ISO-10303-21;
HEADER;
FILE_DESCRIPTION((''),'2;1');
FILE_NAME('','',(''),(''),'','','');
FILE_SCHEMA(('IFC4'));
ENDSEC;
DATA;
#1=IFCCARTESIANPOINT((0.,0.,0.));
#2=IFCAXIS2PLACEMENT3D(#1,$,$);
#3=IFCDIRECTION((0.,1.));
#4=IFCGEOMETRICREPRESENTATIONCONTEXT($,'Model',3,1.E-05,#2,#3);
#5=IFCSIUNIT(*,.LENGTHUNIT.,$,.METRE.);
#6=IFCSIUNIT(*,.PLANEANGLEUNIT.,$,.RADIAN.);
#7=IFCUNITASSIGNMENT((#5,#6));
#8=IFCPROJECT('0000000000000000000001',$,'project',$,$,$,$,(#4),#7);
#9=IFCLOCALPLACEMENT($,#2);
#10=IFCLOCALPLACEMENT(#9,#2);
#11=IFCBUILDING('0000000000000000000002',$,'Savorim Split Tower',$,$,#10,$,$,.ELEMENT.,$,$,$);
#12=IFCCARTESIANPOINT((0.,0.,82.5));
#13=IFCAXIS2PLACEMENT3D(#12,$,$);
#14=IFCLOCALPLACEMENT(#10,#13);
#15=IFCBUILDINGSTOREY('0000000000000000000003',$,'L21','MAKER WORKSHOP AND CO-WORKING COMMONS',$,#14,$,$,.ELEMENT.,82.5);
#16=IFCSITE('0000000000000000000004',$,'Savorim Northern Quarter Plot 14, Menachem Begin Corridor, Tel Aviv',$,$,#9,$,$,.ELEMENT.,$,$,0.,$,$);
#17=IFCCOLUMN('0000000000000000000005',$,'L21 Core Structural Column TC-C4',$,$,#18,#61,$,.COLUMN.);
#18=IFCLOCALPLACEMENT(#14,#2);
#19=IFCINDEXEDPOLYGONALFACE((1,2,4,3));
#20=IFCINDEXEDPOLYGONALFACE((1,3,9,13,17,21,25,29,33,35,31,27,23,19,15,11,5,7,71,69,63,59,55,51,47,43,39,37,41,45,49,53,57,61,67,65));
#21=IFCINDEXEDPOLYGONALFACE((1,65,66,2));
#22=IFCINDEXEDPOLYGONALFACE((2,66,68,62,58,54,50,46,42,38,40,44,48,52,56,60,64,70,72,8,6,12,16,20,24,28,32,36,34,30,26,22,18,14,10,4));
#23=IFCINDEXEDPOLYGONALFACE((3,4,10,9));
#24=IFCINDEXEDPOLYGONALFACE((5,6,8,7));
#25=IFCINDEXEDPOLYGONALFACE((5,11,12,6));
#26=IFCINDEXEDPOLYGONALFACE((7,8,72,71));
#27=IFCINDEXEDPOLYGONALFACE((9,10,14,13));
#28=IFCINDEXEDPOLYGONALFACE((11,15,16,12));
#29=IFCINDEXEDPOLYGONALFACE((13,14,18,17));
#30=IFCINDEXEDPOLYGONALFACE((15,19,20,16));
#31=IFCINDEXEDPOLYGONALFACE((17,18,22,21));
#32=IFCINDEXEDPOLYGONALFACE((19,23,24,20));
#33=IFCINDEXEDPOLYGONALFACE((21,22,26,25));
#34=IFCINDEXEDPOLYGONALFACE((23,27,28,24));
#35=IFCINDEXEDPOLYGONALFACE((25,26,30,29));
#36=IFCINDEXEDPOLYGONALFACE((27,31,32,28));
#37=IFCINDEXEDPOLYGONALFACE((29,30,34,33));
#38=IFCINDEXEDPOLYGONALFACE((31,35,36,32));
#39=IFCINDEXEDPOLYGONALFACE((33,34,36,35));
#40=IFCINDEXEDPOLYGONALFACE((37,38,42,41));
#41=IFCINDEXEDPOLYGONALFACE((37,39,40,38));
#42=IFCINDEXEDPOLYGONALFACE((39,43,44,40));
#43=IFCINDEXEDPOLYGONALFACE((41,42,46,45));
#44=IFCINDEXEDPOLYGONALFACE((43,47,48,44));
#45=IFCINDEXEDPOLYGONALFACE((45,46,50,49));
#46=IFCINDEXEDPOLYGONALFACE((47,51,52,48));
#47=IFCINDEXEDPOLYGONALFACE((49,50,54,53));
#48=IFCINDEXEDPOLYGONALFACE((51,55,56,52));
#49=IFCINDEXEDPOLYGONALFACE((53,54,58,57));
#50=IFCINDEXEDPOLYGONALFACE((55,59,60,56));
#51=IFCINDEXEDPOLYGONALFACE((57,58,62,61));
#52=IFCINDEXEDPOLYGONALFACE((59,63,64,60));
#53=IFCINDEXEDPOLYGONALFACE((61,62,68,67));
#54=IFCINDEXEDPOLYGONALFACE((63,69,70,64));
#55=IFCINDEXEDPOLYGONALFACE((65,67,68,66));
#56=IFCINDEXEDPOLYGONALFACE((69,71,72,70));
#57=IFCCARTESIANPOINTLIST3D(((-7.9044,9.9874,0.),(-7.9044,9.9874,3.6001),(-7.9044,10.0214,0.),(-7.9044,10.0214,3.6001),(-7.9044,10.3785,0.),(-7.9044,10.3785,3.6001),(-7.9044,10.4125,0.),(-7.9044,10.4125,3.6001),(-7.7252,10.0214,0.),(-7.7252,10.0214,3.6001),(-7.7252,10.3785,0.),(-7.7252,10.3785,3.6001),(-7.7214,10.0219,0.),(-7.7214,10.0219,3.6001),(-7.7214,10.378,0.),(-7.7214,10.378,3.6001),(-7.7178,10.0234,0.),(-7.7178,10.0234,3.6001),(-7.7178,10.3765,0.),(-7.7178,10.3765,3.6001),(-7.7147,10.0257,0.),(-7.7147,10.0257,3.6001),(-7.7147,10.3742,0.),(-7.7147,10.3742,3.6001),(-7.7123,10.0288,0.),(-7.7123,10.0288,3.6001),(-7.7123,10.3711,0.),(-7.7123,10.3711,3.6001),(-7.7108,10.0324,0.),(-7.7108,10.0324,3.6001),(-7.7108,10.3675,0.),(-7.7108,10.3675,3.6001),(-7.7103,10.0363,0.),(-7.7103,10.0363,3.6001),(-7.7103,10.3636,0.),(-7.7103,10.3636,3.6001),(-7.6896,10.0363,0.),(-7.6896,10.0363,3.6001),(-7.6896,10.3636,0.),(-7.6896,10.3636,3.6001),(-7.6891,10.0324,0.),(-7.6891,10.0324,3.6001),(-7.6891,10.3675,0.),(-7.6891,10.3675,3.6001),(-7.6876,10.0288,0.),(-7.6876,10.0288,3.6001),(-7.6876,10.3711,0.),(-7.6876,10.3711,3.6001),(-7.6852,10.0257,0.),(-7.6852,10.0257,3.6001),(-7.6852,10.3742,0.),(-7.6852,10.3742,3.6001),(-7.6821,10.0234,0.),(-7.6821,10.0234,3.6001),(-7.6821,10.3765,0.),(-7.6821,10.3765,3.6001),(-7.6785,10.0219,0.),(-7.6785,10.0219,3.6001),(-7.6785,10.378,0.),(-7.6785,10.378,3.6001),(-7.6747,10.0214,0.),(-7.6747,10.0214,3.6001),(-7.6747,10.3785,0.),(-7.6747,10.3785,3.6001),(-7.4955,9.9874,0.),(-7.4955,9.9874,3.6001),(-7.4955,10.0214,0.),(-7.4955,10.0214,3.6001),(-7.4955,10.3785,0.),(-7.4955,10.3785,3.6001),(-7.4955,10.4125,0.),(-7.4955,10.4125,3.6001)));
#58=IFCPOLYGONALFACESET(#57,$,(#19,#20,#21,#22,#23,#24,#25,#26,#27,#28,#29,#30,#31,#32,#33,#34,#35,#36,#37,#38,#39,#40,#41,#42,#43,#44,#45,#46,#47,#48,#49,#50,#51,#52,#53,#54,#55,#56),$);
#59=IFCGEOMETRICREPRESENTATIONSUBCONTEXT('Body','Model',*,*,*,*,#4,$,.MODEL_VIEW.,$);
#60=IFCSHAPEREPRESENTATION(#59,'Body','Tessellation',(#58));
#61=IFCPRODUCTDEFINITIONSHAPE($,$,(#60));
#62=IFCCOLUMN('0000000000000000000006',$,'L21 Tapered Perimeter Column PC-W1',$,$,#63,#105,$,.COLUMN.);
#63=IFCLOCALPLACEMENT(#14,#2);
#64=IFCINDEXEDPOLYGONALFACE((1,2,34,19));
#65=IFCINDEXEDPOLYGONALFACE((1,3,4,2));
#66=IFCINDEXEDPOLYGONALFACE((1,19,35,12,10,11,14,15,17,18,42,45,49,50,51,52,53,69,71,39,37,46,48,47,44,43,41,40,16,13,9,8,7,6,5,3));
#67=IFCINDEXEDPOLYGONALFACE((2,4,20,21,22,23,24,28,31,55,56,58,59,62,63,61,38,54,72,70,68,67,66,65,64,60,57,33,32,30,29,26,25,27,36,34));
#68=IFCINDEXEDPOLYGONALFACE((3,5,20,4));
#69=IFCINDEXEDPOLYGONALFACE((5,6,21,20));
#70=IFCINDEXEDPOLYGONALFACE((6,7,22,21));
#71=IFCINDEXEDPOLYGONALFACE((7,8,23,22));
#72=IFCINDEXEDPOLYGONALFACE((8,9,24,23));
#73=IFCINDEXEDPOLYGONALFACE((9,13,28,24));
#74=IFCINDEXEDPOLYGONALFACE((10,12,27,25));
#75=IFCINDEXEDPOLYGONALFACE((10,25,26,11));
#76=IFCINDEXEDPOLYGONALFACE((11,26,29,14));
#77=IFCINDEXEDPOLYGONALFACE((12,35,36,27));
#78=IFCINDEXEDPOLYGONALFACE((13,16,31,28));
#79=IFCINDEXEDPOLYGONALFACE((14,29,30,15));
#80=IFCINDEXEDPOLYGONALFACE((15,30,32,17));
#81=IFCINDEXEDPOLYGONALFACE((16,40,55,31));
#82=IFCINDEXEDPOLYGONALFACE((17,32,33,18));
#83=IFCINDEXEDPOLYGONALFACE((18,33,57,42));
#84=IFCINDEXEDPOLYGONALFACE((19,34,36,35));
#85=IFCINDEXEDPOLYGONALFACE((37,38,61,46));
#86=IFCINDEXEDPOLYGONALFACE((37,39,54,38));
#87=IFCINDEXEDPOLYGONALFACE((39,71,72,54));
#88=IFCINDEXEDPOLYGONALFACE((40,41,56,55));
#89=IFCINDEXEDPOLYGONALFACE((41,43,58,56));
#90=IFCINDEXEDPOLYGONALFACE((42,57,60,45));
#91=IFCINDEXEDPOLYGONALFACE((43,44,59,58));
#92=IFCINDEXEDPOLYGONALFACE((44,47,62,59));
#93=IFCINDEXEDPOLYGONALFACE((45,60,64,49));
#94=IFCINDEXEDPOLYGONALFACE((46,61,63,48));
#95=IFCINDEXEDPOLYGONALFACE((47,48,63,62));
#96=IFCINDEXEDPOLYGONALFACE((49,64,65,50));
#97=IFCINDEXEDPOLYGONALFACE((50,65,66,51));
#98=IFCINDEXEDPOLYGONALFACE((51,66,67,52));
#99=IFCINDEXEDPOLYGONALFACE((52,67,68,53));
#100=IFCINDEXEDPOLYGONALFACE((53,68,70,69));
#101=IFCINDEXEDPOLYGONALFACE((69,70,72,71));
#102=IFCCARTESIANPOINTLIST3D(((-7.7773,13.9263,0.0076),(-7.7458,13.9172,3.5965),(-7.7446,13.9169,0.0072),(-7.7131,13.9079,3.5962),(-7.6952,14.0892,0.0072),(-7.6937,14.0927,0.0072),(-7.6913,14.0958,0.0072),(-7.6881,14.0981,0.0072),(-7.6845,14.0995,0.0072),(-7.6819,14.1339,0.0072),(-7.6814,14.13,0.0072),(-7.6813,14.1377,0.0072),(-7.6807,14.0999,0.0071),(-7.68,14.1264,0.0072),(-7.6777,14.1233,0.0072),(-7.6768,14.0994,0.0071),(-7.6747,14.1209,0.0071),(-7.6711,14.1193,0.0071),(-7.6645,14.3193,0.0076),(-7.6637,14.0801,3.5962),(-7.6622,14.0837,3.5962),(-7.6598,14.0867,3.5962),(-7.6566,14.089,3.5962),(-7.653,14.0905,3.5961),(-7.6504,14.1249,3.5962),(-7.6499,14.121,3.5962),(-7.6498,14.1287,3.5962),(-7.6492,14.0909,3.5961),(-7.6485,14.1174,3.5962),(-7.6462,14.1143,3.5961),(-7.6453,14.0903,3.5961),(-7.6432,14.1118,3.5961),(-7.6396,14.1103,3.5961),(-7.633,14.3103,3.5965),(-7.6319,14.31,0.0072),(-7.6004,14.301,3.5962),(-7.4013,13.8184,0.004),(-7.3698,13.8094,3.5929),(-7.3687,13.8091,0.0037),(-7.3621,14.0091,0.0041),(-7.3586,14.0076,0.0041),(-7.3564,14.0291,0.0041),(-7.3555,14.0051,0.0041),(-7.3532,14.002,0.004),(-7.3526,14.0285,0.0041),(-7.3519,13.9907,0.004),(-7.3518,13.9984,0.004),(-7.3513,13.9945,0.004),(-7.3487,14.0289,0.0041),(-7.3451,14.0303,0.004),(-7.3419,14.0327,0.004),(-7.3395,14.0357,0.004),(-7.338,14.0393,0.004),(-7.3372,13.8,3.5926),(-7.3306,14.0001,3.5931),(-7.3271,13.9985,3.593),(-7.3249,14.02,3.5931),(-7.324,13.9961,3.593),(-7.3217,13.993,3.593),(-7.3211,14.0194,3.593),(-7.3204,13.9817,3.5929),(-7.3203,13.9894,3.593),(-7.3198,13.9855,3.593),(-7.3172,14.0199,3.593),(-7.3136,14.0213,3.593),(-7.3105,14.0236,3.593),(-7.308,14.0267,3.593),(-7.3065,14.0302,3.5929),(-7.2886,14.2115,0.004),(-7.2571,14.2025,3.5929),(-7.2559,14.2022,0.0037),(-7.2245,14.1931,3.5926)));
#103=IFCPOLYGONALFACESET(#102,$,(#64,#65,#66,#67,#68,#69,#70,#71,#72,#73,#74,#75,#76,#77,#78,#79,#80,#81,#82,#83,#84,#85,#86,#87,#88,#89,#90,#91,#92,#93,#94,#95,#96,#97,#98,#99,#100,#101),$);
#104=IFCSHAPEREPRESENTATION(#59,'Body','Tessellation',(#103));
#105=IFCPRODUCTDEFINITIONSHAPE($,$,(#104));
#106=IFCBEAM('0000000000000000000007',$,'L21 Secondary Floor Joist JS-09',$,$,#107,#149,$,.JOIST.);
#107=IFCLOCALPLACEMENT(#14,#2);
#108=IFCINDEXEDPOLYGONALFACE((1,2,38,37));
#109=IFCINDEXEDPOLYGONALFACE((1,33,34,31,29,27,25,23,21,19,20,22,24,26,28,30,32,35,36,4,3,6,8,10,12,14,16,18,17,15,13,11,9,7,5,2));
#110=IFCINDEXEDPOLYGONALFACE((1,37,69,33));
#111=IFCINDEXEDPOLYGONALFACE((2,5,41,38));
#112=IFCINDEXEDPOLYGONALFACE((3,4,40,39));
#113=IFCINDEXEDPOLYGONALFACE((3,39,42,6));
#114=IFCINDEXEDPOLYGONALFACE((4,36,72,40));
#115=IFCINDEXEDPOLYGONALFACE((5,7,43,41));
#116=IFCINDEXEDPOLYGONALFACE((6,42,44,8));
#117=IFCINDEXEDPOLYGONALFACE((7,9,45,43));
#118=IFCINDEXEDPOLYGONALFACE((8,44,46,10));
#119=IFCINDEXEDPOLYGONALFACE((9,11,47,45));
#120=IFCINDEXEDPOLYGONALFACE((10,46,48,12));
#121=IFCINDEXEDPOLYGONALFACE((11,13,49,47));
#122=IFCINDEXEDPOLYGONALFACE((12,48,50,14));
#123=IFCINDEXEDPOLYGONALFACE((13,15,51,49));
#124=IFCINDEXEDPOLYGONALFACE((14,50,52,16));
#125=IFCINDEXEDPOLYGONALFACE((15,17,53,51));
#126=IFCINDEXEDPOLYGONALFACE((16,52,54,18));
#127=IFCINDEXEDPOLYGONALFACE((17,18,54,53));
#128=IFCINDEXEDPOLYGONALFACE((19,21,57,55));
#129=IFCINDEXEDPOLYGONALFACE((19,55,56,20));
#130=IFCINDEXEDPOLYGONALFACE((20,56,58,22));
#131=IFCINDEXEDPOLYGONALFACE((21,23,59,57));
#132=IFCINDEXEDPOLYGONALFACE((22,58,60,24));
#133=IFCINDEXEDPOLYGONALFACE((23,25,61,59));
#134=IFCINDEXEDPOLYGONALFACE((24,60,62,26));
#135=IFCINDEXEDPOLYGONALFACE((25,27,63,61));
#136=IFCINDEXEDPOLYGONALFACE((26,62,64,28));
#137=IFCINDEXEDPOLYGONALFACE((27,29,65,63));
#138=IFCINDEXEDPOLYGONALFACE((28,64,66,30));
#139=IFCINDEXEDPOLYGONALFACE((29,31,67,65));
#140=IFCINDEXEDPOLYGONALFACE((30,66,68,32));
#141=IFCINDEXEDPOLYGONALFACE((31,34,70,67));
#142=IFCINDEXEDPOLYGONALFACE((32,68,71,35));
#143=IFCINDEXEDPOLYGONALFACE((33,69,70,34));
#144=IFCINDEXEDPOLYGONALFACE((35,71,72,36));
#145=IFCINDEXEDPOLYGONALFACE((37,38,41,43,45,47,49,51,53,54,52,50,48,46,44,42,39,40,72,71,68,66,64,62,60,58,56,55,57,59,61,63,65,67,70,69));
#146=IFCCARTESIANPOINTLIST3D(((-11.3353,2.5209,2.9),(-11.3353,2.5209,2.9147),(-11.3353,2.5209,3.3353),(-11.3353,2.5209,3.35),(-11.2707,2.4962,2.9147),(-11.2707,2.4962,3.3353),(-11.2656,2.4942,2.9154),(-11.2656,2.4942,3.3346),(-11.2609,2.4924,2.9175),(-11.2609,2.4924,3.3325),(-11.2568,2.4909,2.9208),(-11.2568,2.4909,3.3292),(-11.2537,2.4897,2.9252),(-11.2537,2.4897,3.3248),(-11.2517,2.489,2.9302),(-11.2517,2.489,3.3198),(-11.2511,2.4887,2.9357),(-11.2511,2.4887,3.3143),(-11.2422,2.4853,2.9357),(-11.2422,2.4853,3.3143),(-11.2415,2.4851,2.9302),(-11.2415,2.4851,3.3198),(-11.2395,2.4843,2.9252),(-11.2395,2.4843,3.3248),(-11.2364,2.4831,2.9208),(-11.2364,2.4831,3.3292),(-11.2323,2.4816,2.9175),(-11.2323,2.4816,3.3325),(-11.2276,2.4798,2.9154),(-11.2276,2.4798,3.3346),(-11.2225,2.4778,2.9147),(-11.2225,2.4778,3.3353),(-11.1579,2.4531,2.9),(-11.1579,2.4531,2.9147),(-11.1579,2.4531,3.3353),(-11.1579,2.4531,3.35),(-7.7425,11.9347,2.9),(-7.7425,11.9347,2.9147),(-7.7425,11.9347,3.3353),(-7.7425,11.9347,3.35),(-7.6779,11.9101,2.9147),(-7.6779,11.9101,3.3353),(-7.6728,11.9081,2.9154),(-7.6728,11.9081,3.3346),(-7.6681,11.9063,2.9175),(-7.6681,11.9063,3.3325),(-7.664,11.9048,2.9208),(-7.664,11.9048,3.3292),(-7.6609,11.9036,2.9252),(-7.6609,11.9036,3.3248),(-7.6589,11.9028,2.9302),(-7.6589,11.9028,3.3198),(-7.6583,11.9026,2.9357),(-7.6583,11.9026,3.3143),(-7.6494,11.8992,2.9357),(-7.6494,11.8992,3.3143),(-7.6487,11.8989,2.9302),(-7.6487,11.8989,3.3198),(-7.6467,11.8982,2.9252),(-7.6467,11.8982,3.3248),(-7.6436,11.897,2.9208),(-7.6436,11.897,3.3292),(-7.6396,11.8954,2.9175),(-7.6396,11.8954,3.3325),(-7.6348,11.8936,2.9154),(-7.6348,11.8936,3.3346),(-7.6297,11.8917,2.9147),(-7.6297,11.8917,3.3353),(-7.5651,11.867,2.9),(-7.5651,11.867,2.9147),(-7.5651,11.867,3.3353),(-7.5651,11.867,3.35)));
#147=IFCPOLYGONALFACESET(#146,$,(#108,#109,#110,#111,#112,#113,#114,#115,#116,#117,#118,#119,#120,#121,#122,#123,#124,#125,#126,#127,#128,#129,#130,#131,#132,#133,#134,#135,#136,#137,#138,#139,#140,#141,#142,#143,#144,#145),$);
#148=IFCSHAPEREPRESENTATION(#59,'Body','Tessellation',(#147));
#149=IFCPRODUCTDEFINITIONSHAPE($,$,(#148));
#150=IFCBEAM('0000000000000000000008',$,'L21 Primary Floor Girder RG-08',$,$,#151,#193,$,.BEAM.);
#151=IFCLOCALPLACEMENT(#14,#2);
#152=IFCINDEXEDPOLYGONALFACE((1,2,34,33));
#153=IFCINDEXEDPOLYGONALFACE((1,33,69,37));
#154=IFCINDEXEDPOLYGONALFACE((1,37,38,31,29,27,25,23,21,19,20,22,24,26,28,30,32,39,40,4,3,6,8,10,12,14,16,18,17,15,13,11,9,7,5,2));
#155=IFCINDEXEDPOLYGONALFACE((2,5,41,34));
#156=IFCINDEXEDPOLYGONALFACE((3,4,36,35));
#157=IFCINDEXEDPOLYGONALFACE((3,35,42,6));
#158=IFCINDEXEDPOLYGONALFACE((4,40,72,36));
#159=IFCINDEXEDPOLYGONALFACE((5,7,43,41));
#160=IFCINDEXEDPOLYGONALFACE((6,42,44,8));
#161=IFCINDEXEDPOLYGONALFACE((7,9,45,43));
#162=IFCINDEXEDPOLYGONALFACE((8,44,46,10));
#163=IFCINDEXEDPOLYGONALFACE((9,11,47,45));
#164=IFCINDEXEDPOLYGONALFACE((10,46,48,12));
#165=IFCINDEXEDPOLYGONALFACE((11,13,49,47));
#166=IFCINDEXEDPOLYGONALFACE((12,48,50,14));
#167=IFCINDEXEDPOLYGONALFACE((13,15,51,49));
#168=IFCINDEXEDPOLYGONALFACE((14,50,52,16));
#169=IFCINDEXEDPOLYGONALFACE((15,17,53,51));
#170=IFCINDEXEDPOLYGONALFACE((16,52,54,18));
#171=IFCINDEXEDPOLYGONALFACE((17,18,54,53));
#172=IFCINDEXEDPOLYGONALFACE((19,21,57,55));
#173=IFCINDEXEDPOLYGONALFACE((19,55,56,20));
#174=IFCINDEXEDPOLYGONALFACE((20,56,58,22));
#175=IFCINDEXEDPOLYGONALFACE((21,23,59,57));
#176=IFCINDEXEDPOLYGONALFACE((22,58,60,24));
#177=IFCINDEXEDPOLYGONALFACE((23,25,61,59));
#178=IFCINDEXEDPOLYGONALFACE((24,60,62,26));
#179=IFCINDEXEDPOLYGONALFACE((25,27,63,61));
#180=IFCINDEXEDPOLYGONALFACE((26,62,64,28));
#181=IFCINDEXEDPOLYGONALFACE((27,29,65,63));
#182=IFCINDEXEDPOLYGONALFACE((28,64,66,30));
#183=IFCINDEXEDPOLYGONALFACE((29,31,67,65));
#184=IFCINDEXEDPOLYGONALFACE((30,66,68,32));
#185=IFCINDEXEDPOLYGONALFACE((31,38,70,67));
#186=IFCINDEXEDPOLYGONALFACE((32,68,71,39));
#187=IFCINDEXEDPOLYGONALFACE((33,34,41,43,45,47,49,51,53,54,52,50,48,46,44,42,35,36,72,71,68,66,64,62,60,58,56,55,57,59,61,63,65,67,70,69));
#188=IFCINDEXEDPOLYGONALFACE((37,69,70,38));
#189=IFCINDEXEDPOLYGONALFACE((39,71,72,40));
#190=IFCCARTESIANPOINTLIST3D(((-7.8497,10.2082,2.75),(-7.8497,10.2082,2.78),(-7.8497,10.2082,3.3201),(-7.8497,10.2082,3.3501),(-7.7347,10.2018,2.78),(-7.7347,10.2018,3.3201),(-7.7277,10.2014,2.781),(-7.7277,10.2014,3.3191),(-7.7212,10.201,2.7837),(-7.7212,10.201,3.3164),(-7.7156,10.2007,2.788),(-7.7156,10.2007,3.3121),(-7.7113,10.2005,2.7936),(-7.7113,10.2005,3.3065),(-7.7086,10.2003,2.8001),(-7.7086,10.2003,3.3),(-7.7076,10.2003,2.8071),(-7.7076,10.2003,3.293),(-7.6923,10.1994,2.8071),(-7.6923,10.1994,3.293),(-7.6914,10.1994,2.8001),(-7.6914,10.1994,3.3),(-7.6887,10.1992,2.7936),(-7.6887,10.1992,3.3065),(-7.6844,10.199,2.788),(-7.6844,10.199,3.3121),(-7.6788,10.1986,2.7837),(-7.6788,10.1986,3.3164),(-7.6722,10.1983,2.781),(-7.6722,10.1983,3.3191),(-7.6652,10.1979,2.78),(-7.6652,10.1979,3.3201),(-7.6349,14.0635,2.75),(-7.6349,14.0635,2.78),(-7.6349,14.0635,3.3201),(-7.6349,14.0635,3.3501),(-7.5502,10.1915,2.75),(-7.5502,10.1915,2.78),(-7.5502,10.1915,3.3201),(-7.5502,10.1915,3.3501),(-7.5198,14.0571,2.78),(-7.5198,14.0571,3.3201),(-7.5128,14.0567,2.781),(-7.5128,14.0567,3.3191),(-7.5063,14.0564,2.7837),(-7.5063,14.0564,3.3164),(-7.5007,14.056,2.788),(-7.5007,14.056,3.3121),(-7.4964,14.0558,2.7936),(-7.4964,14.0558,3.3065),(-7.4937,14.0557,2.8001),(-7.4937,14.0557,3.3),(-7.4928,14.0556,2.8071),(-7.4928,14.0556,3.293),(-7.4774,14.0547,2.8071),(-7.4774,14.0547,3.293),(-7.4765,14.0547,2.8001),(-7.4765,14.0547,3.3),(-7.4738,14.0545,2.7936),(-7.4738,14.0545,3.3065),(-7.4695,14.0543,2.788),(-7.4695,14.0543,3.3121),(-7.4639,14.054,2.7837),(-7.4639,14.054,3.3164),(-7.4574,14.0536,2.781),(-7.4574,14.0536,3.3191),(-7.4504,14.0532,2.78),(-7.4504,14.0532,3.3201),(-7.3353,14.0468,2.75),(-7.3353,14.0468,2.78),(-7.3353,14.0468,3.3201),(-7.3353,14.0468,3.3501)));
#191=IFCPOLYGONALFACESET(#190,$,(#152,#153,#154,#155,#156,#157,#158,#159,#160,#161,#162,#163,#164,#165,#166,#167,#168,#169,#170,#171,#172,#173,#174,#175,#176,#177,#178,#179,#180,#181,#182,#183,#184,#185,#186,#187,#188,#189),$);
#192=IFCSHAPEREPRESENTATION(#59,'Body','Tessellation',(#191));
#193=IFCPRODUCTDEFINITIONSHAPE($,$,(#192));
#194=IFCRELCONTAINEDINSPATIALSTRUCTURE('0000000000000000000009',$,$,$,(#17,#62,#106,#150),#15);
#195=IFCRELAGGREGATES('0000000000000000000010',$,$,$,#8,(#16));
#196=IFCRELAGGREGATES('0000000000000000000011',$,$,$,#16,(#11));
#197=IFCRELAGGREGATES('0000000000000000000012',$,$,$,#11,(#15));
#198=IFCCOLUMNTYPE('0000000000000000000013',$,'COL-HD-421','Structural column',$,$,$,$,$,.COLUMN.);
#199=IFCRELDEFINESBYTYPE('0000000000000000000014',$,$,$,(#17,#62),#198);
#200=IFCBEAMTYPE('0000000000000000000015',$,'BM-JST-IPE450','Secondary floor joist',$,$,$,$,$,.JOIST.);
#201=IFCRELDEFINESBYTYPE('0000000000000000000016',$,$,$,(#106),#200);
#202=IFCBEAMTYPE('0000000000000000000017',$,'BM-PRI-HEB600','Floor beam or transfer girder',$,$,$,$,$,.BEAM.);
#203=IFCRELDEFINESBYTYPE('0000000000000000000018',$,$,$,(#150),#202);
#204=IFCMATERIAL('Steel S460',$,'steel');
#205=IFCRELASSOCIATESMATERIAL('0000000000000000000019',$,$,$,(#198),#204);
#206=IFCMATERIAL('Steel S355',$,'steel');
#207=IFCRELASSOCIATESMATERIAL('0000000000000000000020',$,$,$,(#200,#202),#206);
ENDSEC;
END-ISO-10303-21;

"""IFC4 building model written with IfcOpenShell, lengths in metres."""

from ifc_helpers import new_model, si_unit, direction, frame, origin, origin_2d, place, context, subcontext, project, spatial, i_section, extrude, material, material_profile, profile_set, type_object, element, save


model = new_model("IFC4")

# Units and contexts
model_context = context("Model", 3, precision=1e-05, world=origin(), true_north=direction((0.0, 1.0)))
body_context = subcontext(model_context, "Body", "Model", "MODEL_VIEW")
ifc_project = project(units=[si_unit("LENGTHUNIT", "METRE"), si_unit("PLANEANGLEUNIT", "RADIAN")], contexts=[model_context])

# Site, building, storey
site_placement = place(None, origin())
site = spatial("IfcSite", under=ifc_project, at=site_placement, Name="Savorim Northern Quarter Plot 14, Menachem Begin Corridor, Tel Aviv", CompositionType="ELEMENT", RefElevation=0.0)
building_placement = place(site_placement, origin())
building = spatial("IfcBuilding", under=site, at=building_placement, Name="Savorim Split Tower", CompositionType="ELEMENT")
storey_placement = place(building_placement, frame((0.0, 0.0, 82.5)))
storey = spatial("IfcBuildingStorey", under=building, at=storey_placement, Name="L21", Description="MAKER WORKSHOP AND CO-WORKING COMMONS", CompositionType="ELEMENT", Elevation=82.5)

# Columns
ifc_material_1 = material(Name="Steel S460", Category="steel")
ifc_material_profile_1 = material_profile(ifc_material_1, i_section(OverallWidth=0.4089, OverallDepth=0.425, WebThickness=0.0208, FlangeThickness=0.0339, FilletRadius=0.0149, at=origin_2d()), Name="HD 400x421")
ifc_profile_set_1 = profile_set([ifc_material_profile_1], Name="Steel S460")
column_type = type_object("IfcColumnType", Name="COL-HD-421", Description="Structural column", PredefinedType="COLUMN", material=ifc_profile_set_1)
column_1_placement = place(storey_placement, frame((-7.7, 10.2, 0.0), z_axis=(0.0, 0.0, 1.0), x_axis=(1.0, 0.0, 0.0)))
element("IfcColumn", 1, at=column_1_placement, inside=storey, type_object=column_type, Name="L21 Core Structural Column TC-C4", PredefinedType="COLUMN", context=body_context, shape_type="SweptSolid", body=[
    extrude(i_section(OverallWidth=0.4089, OverallDepth=0.425, WebThickness=0.0208, FlangeThickness=0.0339, FilletRadius=0.0149, at=origin_2d()), origin(), (0.0, 0.0, 1.0), 3.6001),
])
column_2_placement = place(storey_placement, frame((-7.5166, 14.0642, 0.0056), z_axis=(0.008775, -0.002517, 0.999958), x_axis=(0.275705, 0.961242, 0.0)))
element("IfcColumn", 2, at=column_2_placement, inside=storey, type_object=column_type, Name="L21 Tapered Perimeter Column PC-W1", PredefinedType="COLUMN", context=body_context, shape_type="SweptSolid", body=[
    extrude(i_section(OverallWidth=0.4089, OverallDepth=0.425, WebThickness=0.0208, FlangeThickness=0.0339, FilletRadius=0.0149, at=origin_2d()), origin(), (0.0, 0.0, 1.0), 3.5891),
])

# Beams
ifc_material_2 = material(Name="Steel S355", Category="steel")
ifc_material_profile_2 = material_profile(ifc_material_2, i_section(OverallWidth=0.1899, OverallDepth=0.45, WebThickness=0.0095, FlangeThickness=0.0146, FilletRadius=0.021, at=origin_2d()), Name="IPE 450")
ifc_profile_set_2 = profile_set([ifc_material_profile_2], Name="Steel S355")
beam_type_1 = type_object("IfcBeamType", Name="BM-JST-IPE450", Description="Secondary floor joist", PredefinedType="JOIST", material=ifc_profile_set_2)
beam_1_placement = place(storey_placement, frame((-7.6538, 11.9009, 3.125), z_axis=(-0.356564, -0.934271, 0.0), x_axis=(0.934271, -0.356564, 0.0)))
element("IfcBeam", 3, at=beam_1_placement, inside=storey, type_object=beam_type_1, Name="L21 Secondary Floor Joist JS-09", PredefinedType="JOIST", context=body_context, shape_type="SweptSolid", body=[
    extrude(i_section(OverallWidth=0.1899, OverallDepth=0.45, WebThickness=0.0095, FlangeThickness=0.0146, FilletRadius=0.021, at=origin_2d()), origin(), (0.0, 0.0, 1.0), 10.0762),
])
ifc_material_profile_3 = material_profile(ifc_material_2, i_section(OverallWidth=0.3, OverallDepth=0.6001, WebThickness=0.0154, FlangeThickness=0.03, FilletRadius=0.0271, at=origin_2d()), Name="HEB 600")
ifc_profile_set_3 = profile_set([ifc_material_profile_3], Name="Steel S355")
beam_type_2 = type_object("IfcBeamType", Name="BM-PRI-HEB600", Description="Floor beam or transfer girder", PredefinedType="BEAM", material=ifc_profile_set_3)
beam_2_placement = place(storey_placement, frame((-7.4851, 14.0552, 3.05), z_axis=(-0.055642, -0.998451, 0.0), x_axis=(0.998451, -0.055642, 0.0)))
element("IfcBeam", 4, at=beam_2_placement, inside=storey, type_object=beam_type_2, Name="L21 Primary Floor Girder RG-08", PredefinedType="BEAM", context=body_context, shape_type="SweptSolid", body=[
    extrude(i_section(OverallWidth=0.3, OverallDepth=0.6001, WebThickness=0.0154, FlangeThickness=0.03, FilletRadius=0.0271, at=origin_2d()), origin(), (0.0, 0.0, 1.0), 3.8613),
])

save(model, "model.ifc")
